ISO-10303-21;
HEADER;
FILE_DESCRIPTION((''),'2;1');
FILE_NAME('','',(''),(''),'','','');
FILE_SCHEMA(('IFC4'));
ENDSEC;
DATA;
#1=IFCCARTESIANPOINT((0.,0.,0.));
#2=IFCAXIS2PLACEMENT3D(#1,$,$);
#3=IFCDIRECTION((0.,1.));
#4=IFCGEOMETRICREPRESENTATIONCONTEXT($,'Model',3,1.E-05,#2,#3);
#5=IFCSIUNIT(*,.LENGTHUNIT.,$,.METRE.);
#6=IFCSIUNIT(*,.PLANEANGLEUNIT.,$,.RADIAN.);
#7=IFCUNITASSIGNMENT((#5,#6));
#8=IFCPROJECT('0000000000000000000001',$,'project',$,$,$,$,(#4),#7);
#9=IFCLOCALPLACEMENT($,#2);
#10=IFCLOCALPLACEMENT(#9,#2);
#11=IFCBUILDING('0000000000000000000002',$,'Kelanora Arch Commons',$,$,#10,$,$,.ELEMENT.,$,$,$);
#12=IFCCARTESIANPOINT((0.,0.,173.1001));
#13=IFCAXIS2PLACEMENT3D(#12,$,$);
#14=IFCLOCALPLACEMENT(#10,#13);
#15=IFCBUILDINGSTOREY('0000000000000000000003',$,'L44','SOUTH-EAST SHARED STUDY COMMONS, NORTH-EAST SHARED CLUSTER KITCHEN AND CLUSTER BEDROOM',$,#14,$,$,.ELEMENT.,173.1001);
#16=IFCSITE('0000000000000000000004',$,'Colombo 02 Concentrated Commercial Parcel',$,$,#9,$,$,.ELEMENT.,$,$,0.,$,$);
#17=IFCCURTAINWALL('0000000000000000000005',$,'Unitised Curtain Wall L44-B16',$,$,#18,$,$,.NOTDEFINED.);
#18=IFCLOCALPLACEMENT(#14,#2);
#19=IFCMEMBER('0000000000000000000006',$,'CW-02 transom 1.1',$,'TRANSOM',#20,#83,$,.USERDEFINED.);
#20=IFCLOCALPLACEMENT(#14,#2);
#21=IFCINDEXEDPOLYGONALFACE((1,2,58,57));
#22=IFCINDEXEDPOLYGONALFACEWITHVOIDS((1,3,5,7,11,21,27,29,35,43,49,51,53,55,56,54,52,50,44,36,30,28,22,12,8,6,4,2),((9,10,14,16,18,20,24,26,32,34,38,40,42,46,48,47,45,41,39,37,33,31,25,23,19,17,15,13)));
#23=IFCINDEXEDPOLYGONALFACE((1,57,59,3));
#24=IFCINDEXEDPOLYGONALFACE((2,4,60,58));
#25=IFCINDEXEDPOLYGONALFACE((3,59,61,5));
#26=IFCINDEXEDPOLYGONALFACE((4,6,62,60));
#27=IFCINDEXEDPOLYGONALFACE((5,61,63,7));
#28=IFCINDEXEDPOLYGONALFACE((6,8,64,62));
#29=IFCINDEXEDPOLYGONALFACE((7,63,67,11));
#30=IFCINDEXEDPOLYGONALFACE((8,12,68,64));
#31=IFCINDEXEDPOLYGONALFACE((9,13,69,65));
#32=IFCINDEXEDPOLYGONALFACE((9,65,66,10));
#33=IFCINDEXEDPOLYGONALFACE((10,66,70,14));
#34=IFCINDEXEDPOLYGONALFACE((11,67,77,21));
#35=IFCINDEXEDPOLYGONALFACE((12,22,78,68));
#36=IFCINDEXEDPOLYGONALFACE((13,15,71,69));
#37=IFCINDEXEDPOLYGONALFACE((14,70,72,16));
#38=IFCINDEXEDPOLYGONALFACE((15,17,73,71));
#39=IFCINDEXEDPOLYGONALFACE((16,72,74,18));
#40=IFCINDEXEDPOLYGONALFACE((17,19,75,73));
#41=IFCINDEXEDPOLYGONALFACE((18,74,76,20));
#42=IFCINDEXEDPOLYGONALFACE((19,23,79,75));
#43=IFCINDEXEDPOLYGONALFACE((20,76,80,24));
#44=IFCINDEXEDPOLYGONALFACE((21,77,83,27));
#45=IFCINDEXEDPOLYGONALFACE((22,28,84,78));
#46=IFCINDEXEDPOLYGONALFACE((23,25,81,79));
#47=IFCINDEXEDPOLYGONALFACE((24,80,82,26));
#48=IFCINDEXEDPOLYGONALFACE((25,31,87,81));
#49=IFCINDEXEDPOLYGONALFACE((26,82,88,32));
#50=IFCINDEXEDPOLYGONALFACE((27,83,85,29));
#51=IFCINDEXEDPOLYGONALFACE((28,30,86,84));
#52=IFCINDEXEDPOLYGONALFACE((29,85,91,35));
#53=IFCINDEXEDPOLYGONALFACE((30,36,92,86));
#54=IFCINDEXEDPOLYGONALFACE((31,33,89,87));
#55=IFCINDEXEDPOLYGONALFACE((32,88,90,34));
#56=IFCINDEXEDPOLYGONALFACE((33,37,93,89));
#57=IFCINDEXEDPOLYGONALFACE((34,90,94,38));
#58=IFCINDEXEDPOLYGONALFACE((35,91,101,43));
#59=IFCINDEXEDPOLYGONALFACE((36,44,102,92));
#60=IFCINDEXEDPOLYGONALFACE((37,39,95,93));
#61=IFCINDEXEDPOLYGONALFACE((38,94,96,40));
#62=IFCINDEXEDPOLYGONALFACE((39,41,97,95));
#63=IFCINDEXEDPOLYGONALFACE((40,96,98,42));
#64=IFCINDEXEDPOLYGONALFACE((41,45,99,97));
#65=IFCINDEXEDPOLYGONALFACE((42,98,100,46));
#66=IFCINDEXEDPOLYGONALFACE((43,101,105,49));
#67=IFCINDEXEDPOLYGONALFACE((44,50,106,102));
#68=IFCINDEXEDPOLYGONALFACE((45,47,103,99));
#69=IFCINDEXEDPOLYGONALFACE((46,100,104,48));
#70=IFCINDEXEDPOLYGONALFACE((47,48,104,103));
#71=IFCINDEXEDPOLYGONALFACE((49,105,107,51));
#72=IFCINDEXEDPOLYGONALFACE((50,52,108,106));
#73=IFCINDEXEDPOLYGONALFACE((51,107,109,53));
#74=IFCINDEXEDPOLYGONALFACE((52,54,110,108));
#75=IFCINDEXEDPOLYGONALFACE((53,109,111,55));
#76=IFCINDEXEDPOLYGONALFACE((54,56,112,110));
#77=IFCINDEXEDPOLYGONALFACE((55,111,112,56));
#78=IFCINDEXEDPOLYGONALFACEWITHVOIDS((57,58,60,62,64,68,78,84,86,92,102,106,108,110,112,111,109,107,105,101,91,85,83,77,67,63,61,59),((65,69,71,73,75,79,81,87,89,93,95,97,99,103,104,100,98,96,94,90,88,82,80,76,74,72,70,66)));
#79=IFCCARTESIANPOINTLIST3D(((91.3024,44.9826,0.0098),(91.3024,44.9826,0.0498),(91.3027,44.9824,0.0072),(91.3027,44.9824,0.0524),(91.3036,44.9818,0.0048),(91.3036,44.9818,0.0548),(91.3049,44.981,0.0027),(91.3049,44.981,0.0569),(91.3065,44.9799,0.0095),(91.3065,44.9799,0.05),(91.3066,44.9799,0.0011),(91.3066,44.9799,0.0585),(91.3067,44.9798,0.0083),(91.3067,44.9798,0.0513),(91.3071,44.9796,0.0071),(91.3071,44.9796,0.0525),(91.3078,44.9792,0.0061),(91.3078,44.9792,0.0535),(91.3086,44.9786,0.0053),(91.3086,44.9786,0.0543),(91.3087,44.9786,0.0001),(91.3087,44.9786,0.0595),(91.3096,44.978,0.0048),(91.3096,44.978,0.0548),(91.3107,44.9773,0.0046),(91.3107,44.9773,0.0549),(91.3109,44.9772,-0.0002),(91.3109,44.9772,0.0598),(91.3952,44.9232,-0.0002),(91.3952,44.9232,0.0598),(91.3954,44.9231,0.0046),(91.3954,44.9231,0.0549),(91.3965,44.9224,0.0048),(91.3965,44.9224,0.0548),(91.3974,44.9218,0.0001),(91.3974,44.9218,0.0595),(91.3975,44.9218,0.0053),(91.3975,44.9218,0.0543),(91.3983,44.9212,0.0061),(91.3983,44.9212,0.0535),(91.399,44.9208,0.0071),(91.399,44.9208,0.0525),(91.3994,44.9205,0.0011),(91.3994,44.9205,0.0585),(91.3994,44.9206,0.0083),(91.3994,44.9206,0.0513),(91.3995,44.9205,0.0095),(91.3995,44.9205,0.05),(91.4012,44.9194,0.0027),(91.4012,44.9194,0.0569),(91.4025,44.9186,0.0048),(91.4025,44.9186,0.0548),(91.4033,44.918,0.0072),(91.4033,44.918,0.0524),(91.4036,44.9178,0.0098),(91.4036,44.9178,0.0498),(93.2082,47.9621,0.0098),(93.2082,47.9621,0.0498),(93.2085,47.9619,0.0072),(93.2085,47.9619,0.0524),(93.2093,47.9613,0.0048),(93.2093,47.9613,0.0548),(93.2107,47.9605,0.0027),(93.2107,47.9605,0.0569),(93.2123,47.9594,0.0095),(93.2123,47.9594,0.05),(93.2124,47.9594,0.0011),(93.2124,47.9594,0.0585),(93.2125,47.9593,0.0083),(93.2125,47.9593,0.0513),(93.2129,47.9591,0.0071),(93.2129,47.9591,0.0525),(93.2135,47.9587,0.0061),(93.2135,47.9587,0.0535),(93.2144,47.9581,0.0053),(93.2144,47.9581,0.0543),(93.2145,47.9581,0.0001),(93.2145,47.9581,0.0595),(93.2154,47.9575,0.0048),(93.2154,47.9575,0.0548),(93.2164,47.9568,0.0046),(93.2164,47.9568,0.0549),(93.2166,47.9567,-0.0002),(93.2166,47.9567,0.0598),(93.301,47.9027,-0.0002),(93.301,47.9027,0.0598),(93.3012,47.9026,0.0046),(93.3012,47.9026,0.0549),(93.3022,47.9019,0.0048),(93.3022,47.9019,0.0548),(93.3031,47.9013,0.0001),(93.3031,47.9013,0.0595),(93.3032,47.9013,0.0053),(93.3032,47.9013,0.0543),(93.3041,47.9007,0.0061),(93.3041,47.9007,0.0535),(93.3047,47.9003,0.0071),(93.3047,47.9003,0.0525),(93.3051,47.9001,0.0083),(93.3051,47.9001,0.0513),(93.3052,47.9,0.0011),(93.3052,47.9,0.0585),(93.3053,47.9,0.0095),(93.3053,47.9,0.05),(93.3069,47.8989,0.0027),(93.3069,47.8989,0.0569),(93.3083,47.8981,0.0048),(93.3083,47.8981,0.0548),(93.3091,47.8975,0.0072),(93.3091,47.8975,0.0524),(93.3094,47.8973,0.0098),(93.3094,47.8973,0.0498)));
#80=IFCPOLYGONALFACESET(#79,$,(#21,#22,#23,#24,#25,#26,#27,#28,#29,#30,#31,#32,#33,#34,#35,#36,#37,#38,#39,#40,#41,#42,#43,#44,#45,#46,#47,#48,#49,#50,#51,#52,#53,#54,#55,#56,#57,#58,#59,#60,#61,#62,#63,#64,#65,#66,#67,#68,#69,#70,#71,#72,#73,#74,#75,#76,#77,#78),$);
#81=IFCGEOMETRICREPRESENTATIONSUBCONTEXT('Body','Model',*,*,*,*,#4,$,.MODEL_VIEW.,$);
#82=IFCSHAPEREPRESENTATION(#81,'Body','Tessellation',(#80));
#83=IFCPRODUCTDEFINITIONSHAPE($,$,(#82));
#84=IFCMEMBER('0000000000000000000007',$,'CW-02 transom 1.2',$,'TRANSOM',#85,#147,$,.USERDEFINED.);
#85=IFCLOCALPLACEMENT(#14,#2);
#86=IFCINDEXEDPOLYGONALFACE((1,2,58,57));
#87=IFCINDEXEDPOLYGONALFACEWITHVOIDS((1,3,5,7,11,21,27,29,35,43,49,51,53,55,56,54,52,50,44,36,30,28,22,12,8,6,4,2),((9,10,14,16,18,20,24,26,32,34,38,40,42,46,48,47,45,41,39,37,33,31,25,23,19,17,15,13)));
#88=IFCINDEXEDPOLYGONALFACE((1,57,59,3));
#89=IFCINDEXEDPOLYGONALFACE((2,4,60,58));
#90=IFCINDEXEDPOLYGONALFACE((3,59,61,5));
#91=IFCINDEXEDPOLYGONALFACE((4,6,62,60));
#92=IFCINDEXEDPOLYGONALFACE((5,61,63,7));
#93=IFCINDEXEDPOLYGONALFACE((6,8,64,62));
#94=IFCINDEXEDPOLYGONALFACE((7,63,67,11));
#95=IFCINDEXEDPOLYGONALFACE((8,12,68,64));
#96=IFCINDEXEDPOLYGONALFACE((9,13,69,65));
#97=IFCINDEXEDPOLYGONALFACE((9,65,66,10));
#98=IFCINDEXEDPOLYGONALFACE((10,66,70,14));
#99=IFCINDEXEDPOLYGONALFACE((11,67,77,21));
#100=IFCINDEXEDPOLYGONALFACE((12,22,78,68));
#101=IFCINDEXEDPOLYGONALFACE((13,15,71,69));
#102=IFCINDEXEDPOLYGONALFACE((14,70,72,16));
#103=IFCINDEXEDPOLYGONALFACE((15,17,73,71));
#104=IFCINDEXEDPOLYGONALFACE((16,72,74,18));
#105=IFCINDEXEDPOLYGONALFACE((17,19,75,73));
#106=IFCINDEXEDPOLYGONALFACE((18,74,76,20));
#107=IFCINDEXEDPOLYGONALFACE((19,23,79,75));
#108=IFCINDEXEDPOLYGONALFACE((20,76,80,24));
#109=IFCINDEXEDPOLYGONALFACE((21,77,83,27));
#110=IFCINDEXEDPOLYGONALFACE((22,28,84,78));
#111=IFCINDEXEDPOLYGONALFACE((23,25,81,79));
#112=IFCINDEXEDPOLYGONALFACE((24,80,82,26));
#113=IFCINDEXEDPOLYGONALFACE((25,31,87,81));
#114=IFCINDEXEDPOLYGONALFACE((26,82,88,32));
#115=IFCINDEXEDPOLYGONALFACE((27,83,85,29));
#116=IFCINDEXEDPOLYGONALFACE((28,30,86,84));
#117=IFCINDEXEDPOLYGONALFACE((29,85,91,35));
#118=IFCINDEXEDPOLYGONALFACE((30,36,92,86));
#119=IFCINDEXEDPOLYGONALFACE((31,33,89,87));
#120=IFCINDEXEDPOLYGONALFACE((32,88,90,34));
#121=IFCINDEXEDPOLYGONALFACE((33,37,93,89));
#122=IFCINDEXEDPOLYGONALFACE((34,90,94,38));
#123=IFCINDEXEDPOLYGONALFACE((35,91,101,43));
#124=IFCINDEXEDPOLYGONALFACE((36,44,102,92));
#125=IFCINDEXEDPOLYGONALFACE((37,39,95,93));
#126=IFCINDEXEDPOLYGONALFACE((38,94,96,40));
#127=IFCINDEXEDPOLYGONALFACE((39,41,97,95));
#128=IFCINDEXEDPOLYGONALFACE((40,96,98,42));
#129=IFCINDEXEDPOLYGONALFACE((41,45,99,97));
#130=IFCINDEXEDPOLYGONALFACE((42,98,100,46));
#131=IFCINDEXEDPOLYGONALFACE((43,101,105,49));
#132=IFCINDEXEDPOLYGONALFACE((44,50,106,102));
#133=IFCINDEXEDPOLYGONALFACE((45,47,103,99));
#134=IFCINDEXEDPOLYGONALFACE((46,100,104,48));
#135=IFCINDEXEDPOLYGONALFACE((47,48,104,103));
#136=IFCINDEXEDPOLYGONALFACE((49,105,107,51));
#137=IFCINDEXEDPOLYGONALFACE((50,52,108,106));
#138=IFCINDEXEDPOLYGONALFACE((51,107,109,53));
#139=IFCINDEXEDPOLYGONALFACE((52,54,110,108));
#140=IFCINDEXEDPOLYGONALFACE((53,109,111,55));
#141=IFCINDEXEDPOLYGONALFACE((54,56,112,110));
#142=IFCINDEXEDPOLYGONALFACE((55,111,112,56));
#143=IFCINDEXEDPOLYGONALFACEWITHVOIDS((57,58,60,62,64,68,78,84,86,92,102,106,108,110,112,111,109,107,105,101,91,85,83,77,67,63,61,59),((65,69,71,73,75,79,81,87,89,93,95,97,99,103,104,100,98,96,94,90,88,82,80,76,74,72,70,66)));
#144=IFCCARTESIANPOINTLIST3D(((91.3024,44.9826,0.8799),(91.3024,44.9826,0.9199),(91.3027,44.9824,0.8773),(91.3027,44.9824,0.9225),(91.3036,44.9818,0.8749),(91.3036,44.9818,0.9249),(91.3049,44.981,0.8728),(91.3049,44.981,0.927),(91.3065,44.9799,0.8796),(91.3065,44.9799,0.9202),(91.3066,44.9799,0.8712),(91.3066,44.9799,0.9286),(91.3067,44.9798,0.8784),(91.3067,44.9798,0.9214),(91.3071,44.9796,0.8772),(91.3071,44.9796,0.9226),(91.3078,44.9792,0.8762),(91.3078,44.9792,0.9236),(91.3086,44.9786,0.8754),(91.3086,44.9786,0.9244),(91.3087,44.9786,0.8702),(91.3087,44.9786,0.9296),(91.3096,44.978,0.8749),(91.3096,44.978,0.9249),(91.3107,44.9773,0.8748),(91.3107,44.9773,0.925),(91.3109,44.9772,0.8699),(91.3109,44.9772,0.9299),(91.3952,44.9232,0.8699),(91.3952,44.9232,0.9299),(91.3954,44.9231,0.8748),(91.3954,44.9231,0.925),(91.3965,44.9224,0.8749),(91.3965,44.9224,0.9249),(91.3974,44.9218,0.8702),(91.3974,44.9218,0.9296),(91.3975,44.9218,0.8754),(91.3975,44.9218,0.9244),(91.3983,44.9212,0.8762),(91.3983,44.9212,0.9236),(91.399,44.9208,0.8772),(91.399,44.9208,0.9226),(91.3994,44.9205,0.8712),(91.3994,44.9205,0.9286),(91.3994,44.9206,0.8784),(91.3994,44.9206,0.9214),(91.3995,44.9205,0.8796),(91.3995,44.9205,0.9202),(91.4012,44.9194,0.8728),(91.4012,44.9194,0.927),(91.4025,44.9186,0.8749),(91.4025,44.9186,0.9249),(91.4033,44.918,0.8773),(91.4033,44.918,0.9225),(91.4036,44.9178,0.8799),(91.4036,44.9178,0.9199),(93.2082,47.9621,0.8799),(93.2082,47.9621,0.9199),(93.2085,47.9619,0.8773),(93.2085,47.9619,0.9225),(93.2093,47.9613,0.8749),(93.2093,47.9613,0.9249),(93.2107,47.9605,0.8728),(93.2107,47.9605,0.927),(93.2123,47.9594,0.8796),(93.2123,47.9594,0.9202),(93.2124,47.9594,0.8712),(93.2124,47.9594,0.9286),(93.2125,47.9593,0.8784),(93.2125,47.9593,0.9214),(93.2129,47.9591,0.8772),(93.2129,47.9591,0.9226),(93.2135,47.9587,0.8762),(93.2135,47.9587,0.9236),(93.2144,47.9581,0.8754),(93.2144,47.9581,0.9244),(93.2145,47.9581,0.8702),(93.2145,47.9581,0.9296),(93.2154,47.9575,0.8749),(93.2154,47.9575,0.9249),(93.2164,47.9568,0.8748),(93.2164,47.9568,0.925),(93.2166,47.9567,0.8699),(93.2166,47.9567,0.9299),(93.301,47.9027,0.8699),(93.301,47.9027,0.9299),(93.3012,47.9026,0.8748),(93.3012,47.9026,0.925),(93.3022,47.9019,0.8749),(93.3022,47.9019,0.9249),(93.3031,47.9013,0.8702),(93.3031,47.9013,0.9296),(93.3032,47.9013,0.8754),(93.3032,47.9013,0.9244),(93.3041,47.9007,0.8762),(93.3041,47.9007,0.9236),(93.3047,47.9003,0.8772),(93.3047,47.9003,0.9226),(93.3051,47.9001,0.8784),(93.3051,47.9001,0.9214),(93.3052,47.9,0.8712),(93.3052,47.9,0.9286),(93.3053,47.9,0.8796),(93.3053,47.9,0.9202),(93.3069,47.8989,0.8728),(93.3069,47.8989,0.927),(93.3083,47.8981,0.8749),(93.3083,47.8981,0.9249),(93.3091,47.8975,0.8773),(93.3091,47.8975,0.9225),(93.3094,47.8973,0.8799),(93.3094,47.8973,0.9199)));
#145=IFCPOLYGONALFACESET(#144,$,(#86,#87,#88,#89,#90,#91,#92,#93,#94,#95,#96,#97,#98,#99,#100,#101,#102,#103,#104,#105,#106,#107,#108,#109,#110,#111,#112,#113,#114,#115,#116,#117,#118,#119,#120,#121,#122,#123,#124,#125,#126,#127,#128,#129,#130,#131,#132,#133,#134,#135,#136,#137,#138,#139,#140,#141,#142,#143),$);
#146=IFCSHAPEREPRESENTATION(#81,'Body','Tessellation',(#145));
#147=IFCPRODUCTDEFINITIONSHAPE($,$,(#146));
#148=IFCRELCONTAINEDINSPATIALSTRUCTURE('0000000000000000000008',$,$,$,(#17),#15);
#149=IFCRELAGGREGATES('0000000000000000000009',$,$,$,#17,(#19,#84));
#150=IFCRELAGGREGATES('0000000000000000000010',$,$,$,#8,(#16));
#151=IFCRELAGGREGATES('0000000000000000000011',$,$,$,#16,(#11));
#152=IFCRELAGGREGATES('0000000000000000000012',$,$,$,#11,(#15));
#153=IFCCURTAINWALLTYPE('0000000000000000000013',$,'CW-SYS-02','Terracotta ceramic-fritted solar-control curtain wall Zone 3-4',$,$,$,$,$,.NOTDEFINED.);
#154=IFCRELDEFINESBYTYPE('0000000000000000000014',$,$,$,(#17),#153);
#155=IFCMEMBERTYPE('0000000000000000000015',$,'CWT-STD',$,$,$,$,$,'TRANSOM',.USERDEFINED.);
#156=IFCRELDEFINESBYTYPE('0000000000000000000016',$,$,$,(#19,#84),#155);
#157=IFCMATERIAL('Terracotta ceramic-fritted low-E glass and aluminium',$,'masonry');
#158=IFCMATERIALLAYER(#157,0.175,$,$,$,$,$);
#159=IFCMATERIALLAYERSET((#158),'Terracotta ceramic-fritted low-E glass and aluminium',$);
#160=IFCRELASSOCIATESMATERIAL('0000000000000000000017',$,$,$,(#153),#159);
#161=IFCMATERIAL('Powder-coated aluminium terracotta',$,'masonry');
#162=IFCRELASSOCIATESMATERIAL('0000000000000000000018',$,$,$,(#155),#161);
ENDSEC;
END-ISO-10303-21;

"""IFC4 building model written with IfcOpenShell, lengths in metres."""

from ifc_helpers import new_model, si_unit, direction, frame, origin, origin_2d, place, context, subcontext, project, spatial, hollow_rectangle, extrude, material, layer, layer_set, material_profile, profile_set, type_object, element, aggregate, save


model = new_model("IFC4")

# Units and contexts
model_context = context("Model", 3, precision=1e-05, world=origin(), true_north=direction((0.0, 1.0)))
body_context = subcontext(model_context, "Body", "Model", "MODEL_VIEW")
ifc_project = project(units=[si_unit("LENGTHUNIT", "METRE"), si_unit("PLANEANGLEUNIT", "RADIAN")], contexts=[model_context])

# Site, building, storey
site_placement = place(None, origin())
site = spatial("IfcSite", under=ifc_project, at=site_placement, Name="Colombo 02 Concentrated Commercial Parcel", CompositionType="ELEMENT", RefElevation=0.0)
building_placement = place(site_placement, origin())
building = spatial("IfcBuilding", under=site, at=building_placement, Name="Kelanora Arch Commons", CompositionType="ELEMENT")
storey_placement = place(building_placement, frame((0.0, 0.0, 173.1001)))
storey = spatial("IfcBuildingStorey", under=building, at=storey_placement, Name="L44", Description="SOUTH-EAST SHARED STUDY COMMONS, NORTH-EAST SHARED CLUSTER KITCHEN AND CLUSTER BEDROOM", CompositionType="ELEMENT", Elevation=173.1001)

# Shared definitions
ifc_material_1 = material(Name="Terracotta ceramic-fritted low-E glass and aluminium", Category="masonry")
ifc_layer_1 = layer(ifc_material_1, 0.175)
ifc_layer_set_1 = layer_set([ifc_layer_1], Name="Terracotta ceramic-fritted low-E glass and aluminium")
curtain_wall_type = type_object("IfcCurtainWallType", Name="CW-SYS-02", Description="Terracotta ceramic-fritted solar-control curtain wall Zone 3-4", PredefinedType="NOTDEFINED", material=ifc_layer_set_1)
ifc_material_2 = material(Name="Powder-coated aluminium terracotta", Category="masonry")

# Curtain wall, members
curtain_wall_1_placement = place(storey_placement, origin())
curtain_wall_1 = element("IfcCurtainWall", 1, at=curtain_wall_1_placement, inside=storey, type_object=curtain_wall_type, Name="Unitised Curtain Wall L44-B16", PredefinedType="NOTDEFINED")
ifc_material_profile_1 = material_profile(ifc_material_2, hollow_rectangle(XDim=0.1201, YDim=0.0601, WallThickness=0.0049, InnerFilletRadius=0.0049, OuterFilletRadius=0.01, at=origin_2d()), Name="CWT120x60")
ifc_profile_set_1 = profile_set([ifc_material_profile_1], Name="Powder-coated aluminium terracotta")
member_type_1 = type_object("IfcMemberType", Name="CWT-STD", ElementType="TRANSOM", PredefinedType="USERDEFINED", material=ifc_profile_set_1)
member_1_placement = place(storey_placement, frame((91.353, 44.9502, 0.0298), z_axis=(0.53883, 0.842414, 0.0), x_axis=(-0.842414, 0.53883, 0.0)))
member_1 = element("IfcMember", 2, at=member_1_placement, type_object=member_type_1, Name="CW-02 transom 1.1", ObjectType="TRANSOM", PredefinedType="USERDEFINED", context=body_context, shape_type="SweptSolid", body=[
    extrude(hollow_rectangle(XDim=0.1201, YDim=0.0601, WallThickness=0.0049, InnerFilletRadius=0.0049, OuterFilletRadius=0.01, at=origin_2d()), origin(), (0.0, 0.0, 1.0), 3.5369),
])
member_2_placement = place(storey_placement, frame((91.353, 44.9502, 0.8999), z_axis=(0.53883, 0.842414, 0.0), x_axis=(-0.842414, 0.53883, 0.0)))
member_2 = element("IfcMember", 3, at=member_2_placement, type_object=member_type_1, Name="CW-02 transom 1.2", ObjectType="TRANSOM", PredefinedType="USERDEFINED", context=body_context, shape_type="SweptSolid", body=[
    extrude(hollow_rectangle(XDim=0.1201, YDim=0.0601, WallThickness=0.0049, InnerFilletRadius=0.0049, OuterFilletRadius=0.01, at=origin_2d()), origin(), (0.0, 0.0, 1.0), 3.5369),
])

aggregate(curtain_wall_1, [member_1, member_2])

save(model, "model.ifc")
